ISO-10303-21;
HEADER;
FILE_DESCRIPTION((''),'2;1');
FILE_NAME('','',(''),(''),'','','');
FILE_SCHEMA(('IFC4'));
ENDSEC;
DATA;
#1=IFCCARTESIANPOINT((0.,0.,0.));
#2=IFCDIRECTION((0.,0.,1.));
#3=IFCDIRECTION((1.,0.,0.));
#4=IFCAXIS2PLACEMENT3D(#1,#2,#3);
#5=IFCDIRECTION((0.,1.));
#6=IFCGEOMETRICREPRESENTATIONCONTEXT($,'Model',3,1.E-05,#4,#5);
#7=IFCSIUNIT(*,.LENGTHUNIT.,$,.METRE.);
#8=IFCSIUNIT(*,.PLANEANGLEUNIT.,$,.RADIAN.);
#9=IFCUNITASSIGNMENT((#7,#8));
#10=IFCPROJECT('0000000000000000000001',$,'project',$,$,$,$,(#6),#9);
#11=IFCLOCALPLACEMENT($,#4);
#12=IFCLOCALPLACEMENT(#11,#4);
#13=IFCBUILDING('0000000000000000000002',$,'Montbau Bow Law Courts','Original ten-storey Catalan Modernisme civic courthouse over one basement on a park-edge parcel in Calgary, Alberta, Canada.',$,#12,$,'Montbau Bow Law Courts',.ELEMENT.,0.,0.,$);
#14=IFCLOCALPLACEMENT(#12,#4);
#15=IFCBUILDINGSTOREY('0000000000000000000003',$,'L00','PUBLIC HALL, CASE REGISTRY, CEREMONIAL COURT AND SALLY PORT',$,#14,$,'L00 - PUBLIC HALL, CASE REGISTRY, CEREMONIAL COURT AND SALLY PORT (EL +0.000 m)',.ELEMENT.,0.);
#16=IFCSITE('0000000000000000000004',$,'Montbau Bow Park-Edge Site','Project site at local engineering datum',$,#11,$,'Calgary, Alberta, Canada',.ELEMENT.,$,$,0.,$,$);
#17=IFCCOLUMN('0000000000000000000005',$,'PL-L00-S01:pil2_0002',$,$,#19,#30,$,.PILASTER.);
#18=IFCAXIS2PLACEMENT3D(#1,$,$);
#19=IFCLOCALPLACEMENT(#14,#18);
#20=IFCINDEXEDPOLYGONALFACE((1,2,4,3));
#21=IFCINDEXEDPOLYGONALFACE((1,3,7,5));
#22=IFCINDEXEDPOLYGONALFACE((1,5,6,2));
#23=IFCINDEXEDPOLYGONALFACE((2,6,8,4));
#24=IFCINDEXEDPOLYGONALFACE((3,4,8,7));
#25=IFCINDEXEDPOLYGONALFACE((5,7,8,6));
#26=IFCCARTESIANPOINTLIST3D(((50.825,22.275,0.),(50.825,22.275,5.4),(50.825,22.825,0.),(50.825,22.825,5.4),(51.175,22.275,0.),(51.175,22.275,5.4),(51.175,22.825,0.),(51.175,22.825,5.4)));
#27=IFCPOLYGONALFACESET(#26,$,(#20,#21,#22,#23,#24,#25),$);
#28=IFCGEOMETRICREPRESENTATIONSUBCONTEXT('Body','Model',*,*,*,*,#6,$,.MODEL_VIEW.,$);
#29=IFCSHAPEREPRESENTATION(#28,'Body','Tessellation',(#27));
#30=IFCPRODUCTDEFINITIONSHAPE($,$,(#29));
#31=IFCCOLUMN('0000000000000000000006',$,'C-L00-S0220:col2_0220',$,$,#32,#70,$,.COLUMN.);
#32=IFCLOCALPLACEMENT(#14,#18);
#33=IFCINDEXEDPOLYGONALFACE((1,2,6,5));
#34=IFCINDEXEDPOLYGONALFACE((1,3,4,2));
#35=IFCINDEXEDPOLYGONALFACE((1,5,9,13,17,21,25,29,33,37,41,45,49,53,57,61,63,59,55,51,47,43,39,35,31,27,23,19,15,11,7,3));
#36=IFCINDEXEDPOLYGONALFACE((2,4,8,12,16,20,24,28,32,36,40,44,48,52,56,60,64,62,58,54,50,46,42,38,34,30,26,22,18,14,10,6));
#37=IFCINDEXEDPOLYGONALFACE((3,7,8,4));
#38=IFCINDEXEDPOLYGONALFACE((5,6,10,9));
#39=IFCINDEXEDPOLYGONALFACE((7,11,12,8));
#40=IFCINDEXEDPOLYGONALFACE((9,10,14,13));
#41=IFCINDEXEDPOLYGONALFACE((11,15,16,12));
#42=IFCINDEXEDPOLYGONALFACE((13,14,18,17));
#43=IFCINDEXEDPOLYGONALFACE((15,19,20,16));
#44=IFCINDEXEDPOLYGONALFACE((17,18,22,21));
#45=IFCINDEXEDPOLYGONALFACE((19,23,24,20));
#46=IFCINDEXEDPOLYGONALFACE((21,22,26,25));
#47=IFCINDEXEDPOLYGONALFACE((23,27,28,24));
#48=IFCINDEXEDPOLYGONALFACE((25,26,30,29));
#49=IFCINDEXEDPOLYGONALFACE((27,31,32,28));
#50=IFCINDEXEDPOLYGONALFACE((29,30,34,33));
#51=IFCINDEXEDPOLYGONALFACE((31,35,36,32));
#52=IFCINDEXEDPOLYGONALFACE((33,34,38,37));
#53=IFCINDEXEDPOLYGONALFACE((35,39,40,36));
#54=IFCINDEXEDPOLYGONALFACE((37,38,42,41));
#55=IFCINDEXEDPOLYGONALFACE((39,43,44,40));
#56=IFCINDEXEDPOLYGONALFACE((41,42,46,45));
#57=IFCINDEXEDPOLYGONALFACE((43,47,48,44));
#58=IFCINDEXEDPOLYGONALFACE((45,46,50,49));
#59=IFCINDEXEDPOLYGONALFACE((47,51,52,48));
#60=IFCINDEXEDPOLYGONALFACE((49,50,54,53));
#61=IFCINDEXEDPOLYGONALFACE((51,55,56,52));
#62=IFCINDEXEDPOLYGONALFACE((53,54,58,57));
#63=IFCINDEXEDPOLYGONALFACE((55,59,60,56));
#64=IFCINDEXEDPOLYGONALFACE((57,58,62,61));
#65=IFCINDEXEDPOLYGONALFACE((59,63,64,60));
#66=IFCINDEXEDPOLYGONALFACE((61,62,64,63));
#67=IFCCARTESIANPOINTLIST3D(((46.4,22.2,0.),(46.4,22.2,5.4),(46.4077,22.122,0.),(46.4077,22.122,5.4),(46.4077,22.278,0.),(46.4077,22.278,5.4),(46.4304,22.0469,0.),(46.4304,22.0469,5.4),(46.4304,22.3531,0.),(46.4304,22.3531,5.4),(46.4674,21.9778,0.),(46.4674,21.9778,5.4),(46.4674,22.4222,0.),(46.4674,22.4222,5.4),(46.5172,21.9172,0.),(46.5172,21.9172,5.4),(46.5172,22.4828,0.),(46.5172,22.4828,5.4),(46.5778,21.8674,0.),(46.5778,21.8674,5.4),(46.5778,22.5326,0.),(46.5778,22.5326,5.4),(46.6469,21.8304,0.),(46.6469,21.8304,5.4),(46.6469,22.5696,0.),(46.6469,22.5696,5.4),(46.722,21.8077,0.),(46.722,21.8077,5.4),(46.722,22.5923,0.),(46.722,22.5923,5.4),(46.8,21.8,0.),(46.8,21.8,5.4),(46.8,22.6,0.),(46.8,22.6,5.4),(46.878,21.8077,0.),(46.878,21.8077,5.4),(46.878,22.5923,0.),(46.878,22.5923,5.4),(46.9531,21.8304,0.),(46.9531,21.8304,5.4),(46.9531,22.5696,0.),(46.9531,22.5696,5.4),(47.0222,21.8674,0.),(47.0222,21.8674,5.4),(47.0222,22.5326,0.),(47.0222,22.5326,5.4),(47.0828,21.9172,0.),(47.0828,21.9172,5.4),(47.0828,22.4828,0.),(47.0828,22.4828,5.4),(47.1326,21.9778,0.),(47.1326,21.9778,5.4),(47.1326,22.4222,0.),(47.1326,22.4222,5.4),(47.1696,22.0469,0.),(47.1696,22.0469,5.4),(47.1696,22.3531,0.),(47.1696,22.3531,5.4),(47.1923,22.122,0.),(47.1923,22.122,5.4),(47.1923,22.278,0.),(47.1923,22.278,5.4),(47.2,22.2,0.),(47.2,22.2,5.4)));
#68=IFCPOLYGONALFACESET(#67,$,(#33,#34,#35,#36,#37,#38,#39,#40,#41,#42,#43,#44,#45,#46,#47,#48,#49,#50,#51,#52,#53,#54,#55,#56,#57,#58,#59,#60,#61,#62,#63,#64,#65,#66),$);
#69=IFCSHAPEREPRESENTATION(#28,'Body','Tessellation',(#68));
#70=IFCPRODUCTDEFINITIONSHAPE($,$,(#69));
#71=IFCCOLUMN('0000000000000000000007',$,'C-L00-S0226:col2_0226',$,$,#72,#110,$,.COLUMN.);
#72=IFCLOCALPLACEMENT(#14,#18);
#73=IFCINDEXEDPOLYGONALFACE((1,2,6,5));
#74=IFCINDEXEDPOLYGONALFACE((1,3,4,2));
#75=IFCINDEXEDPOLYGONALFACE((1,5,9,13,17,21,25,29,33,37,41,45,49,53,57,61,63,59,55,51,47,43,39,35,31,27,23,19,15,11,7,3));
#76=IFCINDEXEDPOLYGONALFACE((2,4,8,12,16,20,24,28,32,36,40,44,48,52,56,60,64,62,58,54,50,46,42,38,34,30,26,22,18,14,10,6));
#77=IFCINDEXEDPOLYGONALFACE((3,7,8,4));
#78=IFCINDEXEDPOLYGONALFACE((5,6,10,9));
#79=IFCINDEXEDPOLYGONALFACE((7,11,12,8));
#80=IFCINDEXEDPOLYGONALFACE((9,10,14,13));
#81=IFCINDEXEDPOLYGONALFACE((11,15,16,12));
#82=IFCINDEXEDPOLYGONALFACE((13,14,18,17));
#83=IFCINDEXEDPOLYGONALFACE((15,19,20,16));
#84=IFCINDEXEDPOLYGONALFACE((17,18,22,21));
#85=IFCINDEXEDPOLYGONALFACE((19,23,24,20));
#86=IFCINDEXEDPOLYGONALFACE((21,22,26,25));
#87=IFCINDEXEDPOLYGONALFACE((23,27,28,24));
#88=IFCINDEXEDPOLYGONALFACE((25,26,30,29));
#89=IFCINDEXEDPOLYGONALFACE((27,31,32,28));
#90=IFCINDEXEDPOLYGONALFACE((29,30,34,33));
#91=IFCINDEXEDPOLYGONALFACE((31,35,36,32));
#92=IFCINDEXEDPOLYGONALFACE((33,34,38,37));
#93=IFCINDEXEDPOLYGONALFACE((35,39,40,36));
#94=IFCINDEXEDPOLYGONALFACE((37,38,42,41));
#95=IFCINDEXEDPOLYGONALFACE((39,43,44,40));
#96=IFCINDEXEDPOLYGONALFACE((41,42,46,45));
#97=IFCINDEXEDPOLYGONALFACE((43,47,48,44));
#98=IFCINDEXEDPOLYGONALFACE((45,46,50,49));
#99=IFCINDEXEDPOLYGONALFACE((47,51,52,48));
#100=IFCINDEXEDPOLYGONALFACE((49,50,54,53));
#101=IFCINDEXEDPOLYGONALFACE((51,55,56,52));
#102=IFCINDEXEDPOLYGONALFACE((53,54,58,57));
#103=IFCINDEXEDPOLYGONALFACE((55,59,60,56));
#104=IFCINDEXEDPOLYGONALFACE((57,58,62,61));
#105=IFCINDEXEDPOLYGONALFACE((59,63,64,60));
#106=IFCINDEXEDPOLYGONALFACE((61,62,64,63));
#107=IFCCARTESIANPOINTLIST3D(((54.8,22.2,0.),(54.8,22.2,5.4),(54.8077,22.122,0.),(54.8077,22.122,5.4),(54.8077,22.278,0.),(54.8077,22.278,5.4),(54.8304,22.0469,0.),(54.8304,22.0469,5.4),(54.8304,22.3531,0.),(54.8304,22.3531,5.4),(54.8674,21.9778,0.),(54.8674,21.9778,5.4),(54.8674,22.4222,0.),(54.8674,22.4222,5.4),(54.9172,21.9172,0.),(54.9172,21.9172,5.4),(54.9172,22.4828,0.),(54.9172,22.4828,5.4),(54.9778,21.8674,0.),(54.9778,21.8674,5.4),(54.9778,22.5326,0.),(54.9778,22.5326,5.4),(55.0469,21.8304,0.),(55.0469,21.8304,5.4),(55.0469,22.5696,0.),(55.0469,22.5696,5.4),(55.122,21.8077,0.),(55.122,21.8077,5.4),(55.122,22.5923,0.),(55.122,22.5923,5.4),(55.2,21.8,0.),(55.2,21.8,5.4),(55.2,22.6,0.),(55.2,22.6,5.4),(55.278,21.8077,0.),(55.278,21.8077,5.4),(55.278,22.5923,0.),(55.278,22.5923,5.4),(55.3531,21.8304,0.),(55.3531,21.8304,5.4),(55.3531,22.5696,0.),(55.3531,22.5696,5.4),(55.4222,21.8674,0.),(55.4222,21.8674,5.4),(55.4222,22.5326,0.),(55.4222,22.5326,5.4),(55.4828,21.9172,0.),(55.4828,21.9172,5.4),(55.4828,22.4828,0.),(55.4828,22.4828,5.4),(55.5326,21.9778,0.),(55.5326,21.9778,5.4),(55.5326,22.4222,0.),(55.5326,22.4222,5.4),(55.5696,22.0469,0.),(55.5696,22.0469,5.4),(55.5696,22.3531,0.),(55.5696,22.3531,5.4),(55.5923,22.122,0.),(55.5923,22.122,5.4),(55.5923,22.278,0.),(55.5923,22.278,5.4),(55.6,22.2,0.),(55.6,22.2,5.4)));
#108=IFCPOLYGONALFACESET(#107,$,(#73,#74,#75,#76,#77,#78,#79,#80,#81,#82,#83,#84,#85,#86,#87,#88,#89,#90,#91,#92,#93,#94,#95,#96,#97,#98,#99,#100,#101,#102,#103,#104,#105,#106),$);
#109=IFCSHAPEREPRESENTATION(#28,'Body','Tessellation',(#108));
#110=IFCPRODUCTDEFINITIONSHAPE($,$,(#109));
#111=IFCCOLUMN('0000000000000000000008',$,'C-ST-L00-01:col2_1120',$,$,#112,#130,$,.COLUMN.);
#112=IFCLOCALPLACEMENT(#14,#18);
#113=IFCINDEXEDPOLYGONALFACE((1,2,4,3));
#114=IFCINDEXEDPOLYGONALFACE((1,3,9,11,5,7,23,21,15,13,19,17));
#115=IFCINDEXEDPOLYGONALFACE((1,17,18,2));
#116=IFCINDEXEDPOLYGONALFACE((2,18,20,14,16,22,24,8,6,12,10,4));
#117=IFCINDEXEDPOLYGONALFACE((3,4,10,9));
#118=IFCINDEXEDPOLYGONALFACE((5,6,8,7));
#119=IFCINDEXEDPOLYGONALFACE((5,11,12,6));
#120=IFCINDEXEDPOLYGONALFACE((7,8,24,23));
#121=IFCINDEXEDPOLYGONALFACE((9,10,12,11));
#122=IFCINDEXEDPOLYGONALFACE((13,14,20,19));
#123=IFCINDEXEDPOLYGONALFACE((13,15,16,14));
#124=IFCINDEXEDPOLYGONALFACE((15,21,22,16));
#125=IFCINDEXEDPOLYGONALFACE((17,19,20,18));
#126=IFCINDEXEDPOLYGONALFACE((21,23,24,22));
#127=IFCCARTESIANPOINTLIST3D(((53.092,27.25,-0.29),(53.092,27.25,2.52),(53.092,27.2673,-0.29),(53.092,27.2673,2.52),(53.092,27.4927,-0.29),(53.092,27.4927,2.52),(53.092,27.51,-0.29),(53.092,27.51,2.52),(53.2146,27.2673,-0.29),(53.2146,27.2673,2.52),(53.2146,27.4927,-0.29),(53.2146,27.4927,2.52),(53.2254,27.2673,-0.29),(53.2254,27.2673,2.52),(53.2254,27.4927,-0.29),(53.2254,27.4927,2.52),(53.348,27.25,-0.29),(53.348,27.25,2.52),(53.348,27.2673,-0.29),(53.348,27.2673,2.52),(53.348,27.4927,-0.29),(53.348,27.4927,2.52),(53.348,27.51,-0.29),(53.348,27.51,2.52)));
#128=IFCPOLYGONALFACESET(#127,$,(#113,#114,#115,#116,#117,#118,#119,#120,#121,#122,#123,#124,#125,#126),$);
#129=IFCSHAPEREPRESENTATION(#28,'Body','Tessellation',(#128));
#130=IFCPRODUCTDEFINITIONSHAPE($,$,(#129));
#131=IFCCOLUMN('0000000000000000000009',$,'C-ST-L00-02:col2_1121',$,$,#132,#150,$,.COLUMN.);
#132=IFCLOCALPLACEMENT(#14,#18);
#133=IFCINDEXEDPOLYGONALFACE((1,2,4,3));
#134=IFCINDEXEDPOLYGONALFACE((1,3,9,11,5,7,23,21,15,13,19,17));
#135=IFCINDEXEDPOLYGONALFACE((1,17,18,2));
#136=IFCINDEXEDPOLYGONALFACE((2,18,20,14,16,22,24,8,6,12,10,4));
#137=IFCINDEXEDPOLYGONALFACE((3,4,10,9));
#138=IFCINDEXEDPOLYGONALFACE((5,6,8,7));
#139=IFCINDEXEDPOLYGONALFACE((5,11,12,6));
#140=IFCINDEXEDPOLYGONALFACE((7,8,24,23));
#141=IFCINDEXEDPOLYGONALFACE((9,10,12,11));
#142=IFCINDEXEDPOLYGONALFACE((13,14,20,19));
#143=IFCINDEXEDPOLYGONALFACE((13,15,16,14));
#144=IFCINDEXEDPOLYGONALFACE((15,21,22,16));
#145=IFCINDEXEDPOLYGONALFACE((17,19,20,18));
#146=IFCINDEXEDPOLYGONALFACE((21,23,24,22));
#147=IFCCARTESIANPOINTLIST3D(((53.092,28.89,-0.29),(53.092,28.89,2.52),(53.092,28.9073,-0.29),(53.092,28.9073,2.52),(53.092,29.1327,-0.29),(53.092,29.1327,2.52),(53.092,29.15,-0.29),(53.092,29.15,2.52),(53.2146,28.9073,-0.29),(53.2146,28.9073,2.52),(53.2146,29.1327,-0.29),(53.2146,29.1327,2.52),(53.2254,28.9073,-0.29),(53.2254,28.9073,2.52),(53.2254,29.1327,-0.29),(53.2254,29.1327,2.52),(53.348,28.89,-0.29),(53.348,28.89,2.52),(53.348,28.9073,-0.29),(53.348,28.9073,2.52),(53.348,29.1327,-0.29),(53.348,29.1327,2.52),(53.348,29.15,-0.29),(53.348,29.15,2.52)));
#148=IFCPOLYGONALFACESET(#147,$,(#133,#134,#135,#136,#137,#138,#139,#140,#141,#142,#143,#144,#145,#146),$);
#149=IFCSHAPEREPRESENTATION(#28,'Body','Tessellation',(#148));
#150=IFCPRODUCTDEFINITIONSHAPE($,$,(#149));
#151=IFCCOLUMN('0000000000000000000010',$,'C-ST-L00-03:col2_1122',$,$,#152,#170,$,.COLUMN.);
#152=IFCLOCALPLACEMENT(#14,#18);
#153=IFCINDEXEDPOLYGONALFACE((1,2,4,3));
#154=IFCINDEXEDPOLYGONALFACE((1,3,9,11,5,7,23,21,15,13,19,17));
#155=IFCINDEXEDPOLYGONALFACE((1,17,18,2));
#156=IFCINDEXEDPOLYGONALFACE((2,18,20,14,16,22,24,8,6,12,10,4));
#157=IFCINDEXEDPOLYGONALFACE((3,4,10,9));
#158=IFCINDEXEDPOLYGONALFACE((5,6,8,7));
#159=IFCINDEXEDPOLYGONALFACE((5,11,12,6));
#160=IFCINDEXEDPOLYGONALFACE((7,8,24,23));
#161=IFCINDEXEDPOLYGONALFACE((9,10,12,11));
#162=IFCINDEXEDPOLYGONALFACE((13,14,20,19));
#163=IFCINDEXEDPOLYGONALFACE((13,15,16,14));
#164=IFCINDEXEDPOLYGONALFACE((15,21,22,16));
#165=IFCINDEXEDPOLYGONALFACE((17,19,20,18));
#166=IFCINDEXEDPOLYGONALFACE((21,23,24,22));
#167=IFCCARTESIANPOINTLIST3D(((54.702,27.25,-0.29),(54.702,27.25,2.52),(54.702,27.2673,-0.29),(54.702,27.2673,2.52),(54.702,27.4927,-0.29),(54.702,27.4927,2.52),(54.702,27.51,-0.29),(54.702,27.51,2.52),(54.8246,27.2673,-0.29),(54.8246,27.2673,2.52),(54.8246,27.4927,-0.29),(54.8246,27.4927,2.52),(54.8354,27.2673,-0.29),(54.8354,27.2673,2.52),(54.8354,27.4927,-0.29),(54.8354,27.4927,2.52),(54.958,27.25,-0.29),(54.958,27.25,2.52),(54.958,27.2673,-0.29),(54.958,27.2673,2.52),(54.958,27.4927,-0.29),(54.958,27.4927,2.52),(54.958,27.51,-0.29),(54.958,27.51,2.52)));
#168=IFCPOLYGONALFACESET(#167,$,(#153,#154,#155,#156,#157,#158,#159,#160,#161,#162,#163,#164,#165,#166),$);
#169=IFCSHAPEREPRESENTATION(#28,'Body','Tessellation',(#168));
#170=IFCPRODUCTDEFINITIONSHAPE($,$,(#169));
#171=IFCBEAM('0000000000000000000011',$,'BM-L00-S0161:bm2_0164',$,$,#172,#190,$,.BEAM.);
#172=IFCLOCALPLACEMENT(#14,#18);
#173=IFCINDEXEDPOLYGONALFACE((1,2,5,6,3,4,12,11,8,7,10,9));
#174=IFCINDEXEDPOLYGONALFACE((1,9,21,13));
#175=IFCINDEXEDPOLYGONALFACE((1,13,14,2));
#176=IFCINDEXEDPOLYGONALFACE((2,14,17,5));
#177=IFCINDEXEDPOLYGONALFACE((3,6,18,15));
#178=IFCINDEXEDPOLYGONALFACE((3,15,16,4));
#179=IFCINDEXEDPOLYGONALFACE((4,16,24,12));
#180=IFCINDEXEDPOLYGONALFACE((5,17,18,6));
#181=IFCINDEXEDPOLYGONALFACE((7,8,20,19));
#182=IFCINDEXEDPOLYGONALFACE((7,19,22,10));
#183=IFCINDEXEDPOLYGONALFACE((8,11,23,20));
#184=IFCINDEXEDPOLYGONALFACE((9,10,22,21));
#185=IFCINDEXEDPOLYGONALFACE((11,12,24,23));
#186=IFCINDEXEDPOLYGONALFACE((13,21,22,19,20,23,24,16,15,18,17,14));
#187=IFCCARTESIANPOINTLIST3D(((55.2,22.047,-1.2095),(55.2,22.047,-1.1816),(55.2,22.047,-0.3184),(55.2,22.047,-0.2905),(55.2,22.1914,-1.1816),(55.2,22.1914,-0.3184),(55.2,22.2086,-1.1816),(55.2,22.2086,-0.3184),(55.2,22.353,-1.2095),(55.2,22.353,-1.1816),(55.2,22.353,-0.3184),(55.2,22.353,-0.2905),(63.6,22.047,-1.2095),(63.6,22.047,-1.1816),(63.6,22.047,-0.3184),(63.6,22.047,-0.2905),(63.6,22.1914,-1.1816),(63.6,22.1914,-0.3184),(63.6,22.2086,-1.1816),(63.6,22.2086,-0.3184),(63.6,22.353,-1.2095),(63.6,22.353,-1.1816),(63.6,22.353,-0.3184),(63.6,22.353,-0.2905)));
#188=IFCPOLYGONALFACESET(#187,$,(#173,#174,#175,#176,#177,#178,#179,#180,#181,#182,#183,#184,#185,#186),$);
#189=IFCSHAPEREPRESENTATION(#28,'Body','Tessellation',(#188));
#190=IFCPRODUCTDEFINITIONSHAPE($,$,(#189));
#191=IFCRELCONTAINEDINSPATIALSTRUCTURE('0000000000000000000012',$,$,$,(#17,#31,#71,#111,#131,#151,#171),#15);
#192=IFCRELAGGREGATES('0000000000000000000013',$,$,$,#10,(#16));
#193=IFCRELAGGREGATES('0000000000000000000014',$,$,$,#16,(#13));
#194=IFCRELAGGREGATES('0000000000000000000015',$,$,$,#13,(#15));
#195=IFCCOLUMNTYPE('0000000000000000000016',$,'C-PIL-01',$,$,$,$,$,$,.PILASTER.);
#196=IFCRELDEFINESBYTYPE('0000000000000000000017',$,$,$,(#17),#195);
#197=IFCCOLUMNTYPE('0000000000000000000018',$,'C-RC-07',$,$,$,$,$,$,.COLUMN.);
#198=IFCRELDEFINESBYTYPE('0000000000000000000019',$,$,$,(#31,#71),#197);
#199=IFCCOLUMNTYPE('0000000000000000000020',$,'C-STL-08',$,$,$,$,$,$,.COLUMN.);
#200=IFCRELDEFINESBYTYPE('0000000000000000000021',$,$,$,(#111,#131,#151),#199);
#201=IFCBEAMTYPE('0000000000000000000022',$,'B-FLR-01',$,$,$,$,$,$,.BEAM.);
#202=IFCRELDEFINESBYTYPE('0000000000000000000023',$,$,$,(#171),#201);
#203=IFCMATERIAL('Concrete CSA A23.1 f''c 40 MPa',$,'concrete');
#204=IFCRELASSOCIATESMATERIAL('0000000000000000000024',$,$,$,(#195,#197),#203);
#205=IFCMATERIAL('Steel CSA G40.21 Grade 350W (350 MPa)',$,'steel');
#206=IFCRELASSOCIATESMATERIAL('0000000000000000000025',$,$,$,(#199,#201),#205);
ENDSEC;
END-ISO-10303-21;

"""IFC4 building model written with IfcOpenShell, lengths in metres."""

from ifc_helpers import new_model, si_unit, direction, frame, origin_with_axes, origin_2d_with_axis, place, context, subcontext, project, spatial, rectangle, circle, i_section, extrude, material, material_profile, profile_set, type_object, element, save


model = new_model("IFC4")

# Units and contexts
model_context = context("Model", 3, precision=1e-05, world=origin_with_axes(), true_north=direction((0.0, 1.0)))
body_context = subcontext(model_context, "Body", "Model", "MODEL_VIEW")
ifc_project = project(units=[si_unit("LENGTHUNIT", "METRE"), si_unit("PLANEANGLEUNIT", "RADIAN")], contexts=[model_context])

# Site, building, storey
site_placement = place(None, origin_with_axes())
site = spatial("IfcSite", under=ifc_project, at=site_placement, Name="Montbau Bow Park-Edge Site", Description="Project site at local engineering datum", LongName="Calgary, Alberta, Canada", CompositionType="ELEMENT", RefElevation=0.0)
building_placement = place(site_placement, origin_with_axes())
building = spatial("IfcBuilding", under=site, at=building_placement, Name="Montbau Bow Law Courts", Description="Original ten-storey Catalan Modernisme civic courthouse over one basement on a park-edge parcel in Calgary, Alberta, Canada.", LongName="Montbau Bow Law Courts", CompositionType="ELEMENT", ElevationOfRefHeight=0.0, ElevationOfTerrain=0.0)
storey_placement = place(building_placement, origin_with_axes())
storey = spatial("IfcBuildingStorey", under=building, at=storey_placement, Name="L00", Description="PUBLIC HALL, CASE REGISTRY, CEREMONIAL COURT AND SALLY PORT", LongName="L00 - PUBLIC HALL, CASE REGISTRY, CEREMONIAL COURT AND SALLY PORT (EL +0.000 m)", CompositionType="ELEMENT", Elevation=0.0)

# Columns
ifc_material_1 = material(Name="Concrete CSA A23.1 f'c 40 MPa", Category="concrete")
ifc_material_profile_1 = material_profile(ifc_material_1, rectangle(XDim=0.35, YDim=0.55, at=origin_2d_with_axis()), Name="RC550X350", Category="Main", Priority=0)
ifc_profile_set_1 = profile_set([ifc_material_profile_1], Name="Concrete CSA A23.1 f'c 40 MPa")
column_type_1 = type_object("IfcColumnType", Name="C-PIL-01", PredefinedType="PILASTER", material=ifc_profile_set_1)
column_placement = place(None, frame((51.0, 22.55, 0.0), z_axis=(0.0, 0.0, 1.0), x_axis=(1.0, 0.0, 0.0)))
element("IfcColumn", 1, at=column_placement, inside=storey, type_object=column_type_1, Name="PL-L00-S01:pil2_0002", PredefinedType="PILASTER", context=body_context, shape_type="SweptSolid", body=[
    extrude(rectangle(XDim=0.35, YDim=0.55, at=origin_2d_with_axis()), origin_with_axes(), (0.0, 0.0, 1.0), 5.4),
])
ifc_material_profile_2 = material_profile(ifc_material_1, circle(Radius=0.4, at=origin_2d_with_axis()), Name="RC800D", Category="Main", Priority=0)
ifc_profile_set_2 = profile_set([ifc_material_profile_2], Name="Concrete CSA A23.1 f'c 40 MPa")
column_type_2 = type_object("IfcColumnType", Name="C-RC-07", PredefinedType="COLUMN", material=ifc_profile_set_2)
for number, where, z_axis, x_axis, name in (
    (2, (46.8, 22.2, 0.0), (0.0, 0.0, 1.0), (1.0, 0.0, 0.0), "C-L00-S0220:col2_0220"),
    (3, (55.2, 22.2, 0.0), (0.0, 0.0, 1.0), (1.0, 0.0, 0.0), "C-L00-S0226:col2_0226"),
):
    element("IfcColumn", number, at=place(None, frame(where, z_axis=z_axis, x_axis=x_axis)), inside=storey, type_object=column_type_2, Name=name, PredefinedType="COLUMN", context=body_context, shape_type="SweptSolid", body=[
        extrude(circle(Radius=0.4, at=origin_2d_with_axis()), origin_with_axes(), (0.0, 0.0, 1.0), 5.4),
    ])
ifc_material_2 = material(Name="Steel CSA G40.21 Grade 350W (350 MPa)", Category="steel")
ifc_material_profile_3 = material_profile(ifc_material_2, i_section(OverallWidth=0.256, OverallDepth=0.26, WebThickness=0.0107, FlangeThickness=0.0173, at=origin_2d_with_axis()), Name="W250X89", Category="Main", Priority=0)
ifc_profile_set_3 = profile_set([ifc_material_profile_3], Name="Steel CSA G40.21 Grade 350W (350 MPa)")
column_type_3 = type_object("IfcColumnType", Name="C-STL-08", PredefinedType="COLUMN", material=ifc_profile_set_3)
for number, where, z_axis, x_axis, name in (
    (4, (53.22, 27.38, -0.29), (0.0, 0.0, 1.0), (1.0, 0.0, 0.0), "C-ST-L00-01:col2_1120"),
    (5, (53.22, 29.02, -0.29), (0.0, 0.0, 1.0), (1.0, 0.0, 0.0), "C-ST-L00-02:col2_1121"),
    (6, (54.83, 27.38, -0.29), (0.0, 0.0, 1.0), (1.0, 0.0, 0.0), "C-ST-L00-03:col2_1122"),
):
    element("IfcColumn", number, at=place(None, frame(where, z_axis=z_axis, x_axis=x_axis)), inside=storey, type_object=column_type_3, Name=name, PredefinedType="COLUMN", context=body_context, shape_type="SweptSolid", body=[
        extrude(i_section(OverallWidth=0.256, OverallDepth=0.26, WebThickness=0.0107, FlangeThickness=0.0173, at=origin_2d_with_axis()), origin_with_axes(), (0.0, 0.0, 1.0), 2.81),
    ])

# Beam
ifc_material_profile_4 = material_profile(ifc_material_2, i_section(OverallWidth=0.306, OverallDepth=0.919, WebThickness=0.0173, FlangeThickness=0.0279, at=origin_2d_with_axis()), Name="W920X253", Category="Main", Priority=0)
ifc_profile_set_4 = profile_set([ifc_material_profile_4], Name="Steel CSA G40.21 Grade 350W (350 MPa)")
beam_type_1 = type_object("IfcBeamType", Name="B-FLR-01", PredefinedType="BEAM", material=ifc_profile_set_4)
beam_1_placement = place(None, frame((55.2, 22.2, -0.75), z_axis=(1.0, 0.0, 0.0), x_axis=(0.0, 1.0, 0.0)))
element("IfcBeam", 7, at=beam_1_placement, inside=storey, type_object=beam_type_1, Name="BM-L00-S0161:bm2_0164", PredefinedType="BEAM", context=body_context, shape_type="SweptSolid", body=[
    extrude(i_section(OverallWidth=0.306, OverallDepth=0.919, WebThickness=0.0173, FlangeThickness=0.0279, at=origin_2d_with_axis()), origin_with_axes(), (0.0, 0.0, 1.0), 8.4),
])

save(model, "model.ifc")
